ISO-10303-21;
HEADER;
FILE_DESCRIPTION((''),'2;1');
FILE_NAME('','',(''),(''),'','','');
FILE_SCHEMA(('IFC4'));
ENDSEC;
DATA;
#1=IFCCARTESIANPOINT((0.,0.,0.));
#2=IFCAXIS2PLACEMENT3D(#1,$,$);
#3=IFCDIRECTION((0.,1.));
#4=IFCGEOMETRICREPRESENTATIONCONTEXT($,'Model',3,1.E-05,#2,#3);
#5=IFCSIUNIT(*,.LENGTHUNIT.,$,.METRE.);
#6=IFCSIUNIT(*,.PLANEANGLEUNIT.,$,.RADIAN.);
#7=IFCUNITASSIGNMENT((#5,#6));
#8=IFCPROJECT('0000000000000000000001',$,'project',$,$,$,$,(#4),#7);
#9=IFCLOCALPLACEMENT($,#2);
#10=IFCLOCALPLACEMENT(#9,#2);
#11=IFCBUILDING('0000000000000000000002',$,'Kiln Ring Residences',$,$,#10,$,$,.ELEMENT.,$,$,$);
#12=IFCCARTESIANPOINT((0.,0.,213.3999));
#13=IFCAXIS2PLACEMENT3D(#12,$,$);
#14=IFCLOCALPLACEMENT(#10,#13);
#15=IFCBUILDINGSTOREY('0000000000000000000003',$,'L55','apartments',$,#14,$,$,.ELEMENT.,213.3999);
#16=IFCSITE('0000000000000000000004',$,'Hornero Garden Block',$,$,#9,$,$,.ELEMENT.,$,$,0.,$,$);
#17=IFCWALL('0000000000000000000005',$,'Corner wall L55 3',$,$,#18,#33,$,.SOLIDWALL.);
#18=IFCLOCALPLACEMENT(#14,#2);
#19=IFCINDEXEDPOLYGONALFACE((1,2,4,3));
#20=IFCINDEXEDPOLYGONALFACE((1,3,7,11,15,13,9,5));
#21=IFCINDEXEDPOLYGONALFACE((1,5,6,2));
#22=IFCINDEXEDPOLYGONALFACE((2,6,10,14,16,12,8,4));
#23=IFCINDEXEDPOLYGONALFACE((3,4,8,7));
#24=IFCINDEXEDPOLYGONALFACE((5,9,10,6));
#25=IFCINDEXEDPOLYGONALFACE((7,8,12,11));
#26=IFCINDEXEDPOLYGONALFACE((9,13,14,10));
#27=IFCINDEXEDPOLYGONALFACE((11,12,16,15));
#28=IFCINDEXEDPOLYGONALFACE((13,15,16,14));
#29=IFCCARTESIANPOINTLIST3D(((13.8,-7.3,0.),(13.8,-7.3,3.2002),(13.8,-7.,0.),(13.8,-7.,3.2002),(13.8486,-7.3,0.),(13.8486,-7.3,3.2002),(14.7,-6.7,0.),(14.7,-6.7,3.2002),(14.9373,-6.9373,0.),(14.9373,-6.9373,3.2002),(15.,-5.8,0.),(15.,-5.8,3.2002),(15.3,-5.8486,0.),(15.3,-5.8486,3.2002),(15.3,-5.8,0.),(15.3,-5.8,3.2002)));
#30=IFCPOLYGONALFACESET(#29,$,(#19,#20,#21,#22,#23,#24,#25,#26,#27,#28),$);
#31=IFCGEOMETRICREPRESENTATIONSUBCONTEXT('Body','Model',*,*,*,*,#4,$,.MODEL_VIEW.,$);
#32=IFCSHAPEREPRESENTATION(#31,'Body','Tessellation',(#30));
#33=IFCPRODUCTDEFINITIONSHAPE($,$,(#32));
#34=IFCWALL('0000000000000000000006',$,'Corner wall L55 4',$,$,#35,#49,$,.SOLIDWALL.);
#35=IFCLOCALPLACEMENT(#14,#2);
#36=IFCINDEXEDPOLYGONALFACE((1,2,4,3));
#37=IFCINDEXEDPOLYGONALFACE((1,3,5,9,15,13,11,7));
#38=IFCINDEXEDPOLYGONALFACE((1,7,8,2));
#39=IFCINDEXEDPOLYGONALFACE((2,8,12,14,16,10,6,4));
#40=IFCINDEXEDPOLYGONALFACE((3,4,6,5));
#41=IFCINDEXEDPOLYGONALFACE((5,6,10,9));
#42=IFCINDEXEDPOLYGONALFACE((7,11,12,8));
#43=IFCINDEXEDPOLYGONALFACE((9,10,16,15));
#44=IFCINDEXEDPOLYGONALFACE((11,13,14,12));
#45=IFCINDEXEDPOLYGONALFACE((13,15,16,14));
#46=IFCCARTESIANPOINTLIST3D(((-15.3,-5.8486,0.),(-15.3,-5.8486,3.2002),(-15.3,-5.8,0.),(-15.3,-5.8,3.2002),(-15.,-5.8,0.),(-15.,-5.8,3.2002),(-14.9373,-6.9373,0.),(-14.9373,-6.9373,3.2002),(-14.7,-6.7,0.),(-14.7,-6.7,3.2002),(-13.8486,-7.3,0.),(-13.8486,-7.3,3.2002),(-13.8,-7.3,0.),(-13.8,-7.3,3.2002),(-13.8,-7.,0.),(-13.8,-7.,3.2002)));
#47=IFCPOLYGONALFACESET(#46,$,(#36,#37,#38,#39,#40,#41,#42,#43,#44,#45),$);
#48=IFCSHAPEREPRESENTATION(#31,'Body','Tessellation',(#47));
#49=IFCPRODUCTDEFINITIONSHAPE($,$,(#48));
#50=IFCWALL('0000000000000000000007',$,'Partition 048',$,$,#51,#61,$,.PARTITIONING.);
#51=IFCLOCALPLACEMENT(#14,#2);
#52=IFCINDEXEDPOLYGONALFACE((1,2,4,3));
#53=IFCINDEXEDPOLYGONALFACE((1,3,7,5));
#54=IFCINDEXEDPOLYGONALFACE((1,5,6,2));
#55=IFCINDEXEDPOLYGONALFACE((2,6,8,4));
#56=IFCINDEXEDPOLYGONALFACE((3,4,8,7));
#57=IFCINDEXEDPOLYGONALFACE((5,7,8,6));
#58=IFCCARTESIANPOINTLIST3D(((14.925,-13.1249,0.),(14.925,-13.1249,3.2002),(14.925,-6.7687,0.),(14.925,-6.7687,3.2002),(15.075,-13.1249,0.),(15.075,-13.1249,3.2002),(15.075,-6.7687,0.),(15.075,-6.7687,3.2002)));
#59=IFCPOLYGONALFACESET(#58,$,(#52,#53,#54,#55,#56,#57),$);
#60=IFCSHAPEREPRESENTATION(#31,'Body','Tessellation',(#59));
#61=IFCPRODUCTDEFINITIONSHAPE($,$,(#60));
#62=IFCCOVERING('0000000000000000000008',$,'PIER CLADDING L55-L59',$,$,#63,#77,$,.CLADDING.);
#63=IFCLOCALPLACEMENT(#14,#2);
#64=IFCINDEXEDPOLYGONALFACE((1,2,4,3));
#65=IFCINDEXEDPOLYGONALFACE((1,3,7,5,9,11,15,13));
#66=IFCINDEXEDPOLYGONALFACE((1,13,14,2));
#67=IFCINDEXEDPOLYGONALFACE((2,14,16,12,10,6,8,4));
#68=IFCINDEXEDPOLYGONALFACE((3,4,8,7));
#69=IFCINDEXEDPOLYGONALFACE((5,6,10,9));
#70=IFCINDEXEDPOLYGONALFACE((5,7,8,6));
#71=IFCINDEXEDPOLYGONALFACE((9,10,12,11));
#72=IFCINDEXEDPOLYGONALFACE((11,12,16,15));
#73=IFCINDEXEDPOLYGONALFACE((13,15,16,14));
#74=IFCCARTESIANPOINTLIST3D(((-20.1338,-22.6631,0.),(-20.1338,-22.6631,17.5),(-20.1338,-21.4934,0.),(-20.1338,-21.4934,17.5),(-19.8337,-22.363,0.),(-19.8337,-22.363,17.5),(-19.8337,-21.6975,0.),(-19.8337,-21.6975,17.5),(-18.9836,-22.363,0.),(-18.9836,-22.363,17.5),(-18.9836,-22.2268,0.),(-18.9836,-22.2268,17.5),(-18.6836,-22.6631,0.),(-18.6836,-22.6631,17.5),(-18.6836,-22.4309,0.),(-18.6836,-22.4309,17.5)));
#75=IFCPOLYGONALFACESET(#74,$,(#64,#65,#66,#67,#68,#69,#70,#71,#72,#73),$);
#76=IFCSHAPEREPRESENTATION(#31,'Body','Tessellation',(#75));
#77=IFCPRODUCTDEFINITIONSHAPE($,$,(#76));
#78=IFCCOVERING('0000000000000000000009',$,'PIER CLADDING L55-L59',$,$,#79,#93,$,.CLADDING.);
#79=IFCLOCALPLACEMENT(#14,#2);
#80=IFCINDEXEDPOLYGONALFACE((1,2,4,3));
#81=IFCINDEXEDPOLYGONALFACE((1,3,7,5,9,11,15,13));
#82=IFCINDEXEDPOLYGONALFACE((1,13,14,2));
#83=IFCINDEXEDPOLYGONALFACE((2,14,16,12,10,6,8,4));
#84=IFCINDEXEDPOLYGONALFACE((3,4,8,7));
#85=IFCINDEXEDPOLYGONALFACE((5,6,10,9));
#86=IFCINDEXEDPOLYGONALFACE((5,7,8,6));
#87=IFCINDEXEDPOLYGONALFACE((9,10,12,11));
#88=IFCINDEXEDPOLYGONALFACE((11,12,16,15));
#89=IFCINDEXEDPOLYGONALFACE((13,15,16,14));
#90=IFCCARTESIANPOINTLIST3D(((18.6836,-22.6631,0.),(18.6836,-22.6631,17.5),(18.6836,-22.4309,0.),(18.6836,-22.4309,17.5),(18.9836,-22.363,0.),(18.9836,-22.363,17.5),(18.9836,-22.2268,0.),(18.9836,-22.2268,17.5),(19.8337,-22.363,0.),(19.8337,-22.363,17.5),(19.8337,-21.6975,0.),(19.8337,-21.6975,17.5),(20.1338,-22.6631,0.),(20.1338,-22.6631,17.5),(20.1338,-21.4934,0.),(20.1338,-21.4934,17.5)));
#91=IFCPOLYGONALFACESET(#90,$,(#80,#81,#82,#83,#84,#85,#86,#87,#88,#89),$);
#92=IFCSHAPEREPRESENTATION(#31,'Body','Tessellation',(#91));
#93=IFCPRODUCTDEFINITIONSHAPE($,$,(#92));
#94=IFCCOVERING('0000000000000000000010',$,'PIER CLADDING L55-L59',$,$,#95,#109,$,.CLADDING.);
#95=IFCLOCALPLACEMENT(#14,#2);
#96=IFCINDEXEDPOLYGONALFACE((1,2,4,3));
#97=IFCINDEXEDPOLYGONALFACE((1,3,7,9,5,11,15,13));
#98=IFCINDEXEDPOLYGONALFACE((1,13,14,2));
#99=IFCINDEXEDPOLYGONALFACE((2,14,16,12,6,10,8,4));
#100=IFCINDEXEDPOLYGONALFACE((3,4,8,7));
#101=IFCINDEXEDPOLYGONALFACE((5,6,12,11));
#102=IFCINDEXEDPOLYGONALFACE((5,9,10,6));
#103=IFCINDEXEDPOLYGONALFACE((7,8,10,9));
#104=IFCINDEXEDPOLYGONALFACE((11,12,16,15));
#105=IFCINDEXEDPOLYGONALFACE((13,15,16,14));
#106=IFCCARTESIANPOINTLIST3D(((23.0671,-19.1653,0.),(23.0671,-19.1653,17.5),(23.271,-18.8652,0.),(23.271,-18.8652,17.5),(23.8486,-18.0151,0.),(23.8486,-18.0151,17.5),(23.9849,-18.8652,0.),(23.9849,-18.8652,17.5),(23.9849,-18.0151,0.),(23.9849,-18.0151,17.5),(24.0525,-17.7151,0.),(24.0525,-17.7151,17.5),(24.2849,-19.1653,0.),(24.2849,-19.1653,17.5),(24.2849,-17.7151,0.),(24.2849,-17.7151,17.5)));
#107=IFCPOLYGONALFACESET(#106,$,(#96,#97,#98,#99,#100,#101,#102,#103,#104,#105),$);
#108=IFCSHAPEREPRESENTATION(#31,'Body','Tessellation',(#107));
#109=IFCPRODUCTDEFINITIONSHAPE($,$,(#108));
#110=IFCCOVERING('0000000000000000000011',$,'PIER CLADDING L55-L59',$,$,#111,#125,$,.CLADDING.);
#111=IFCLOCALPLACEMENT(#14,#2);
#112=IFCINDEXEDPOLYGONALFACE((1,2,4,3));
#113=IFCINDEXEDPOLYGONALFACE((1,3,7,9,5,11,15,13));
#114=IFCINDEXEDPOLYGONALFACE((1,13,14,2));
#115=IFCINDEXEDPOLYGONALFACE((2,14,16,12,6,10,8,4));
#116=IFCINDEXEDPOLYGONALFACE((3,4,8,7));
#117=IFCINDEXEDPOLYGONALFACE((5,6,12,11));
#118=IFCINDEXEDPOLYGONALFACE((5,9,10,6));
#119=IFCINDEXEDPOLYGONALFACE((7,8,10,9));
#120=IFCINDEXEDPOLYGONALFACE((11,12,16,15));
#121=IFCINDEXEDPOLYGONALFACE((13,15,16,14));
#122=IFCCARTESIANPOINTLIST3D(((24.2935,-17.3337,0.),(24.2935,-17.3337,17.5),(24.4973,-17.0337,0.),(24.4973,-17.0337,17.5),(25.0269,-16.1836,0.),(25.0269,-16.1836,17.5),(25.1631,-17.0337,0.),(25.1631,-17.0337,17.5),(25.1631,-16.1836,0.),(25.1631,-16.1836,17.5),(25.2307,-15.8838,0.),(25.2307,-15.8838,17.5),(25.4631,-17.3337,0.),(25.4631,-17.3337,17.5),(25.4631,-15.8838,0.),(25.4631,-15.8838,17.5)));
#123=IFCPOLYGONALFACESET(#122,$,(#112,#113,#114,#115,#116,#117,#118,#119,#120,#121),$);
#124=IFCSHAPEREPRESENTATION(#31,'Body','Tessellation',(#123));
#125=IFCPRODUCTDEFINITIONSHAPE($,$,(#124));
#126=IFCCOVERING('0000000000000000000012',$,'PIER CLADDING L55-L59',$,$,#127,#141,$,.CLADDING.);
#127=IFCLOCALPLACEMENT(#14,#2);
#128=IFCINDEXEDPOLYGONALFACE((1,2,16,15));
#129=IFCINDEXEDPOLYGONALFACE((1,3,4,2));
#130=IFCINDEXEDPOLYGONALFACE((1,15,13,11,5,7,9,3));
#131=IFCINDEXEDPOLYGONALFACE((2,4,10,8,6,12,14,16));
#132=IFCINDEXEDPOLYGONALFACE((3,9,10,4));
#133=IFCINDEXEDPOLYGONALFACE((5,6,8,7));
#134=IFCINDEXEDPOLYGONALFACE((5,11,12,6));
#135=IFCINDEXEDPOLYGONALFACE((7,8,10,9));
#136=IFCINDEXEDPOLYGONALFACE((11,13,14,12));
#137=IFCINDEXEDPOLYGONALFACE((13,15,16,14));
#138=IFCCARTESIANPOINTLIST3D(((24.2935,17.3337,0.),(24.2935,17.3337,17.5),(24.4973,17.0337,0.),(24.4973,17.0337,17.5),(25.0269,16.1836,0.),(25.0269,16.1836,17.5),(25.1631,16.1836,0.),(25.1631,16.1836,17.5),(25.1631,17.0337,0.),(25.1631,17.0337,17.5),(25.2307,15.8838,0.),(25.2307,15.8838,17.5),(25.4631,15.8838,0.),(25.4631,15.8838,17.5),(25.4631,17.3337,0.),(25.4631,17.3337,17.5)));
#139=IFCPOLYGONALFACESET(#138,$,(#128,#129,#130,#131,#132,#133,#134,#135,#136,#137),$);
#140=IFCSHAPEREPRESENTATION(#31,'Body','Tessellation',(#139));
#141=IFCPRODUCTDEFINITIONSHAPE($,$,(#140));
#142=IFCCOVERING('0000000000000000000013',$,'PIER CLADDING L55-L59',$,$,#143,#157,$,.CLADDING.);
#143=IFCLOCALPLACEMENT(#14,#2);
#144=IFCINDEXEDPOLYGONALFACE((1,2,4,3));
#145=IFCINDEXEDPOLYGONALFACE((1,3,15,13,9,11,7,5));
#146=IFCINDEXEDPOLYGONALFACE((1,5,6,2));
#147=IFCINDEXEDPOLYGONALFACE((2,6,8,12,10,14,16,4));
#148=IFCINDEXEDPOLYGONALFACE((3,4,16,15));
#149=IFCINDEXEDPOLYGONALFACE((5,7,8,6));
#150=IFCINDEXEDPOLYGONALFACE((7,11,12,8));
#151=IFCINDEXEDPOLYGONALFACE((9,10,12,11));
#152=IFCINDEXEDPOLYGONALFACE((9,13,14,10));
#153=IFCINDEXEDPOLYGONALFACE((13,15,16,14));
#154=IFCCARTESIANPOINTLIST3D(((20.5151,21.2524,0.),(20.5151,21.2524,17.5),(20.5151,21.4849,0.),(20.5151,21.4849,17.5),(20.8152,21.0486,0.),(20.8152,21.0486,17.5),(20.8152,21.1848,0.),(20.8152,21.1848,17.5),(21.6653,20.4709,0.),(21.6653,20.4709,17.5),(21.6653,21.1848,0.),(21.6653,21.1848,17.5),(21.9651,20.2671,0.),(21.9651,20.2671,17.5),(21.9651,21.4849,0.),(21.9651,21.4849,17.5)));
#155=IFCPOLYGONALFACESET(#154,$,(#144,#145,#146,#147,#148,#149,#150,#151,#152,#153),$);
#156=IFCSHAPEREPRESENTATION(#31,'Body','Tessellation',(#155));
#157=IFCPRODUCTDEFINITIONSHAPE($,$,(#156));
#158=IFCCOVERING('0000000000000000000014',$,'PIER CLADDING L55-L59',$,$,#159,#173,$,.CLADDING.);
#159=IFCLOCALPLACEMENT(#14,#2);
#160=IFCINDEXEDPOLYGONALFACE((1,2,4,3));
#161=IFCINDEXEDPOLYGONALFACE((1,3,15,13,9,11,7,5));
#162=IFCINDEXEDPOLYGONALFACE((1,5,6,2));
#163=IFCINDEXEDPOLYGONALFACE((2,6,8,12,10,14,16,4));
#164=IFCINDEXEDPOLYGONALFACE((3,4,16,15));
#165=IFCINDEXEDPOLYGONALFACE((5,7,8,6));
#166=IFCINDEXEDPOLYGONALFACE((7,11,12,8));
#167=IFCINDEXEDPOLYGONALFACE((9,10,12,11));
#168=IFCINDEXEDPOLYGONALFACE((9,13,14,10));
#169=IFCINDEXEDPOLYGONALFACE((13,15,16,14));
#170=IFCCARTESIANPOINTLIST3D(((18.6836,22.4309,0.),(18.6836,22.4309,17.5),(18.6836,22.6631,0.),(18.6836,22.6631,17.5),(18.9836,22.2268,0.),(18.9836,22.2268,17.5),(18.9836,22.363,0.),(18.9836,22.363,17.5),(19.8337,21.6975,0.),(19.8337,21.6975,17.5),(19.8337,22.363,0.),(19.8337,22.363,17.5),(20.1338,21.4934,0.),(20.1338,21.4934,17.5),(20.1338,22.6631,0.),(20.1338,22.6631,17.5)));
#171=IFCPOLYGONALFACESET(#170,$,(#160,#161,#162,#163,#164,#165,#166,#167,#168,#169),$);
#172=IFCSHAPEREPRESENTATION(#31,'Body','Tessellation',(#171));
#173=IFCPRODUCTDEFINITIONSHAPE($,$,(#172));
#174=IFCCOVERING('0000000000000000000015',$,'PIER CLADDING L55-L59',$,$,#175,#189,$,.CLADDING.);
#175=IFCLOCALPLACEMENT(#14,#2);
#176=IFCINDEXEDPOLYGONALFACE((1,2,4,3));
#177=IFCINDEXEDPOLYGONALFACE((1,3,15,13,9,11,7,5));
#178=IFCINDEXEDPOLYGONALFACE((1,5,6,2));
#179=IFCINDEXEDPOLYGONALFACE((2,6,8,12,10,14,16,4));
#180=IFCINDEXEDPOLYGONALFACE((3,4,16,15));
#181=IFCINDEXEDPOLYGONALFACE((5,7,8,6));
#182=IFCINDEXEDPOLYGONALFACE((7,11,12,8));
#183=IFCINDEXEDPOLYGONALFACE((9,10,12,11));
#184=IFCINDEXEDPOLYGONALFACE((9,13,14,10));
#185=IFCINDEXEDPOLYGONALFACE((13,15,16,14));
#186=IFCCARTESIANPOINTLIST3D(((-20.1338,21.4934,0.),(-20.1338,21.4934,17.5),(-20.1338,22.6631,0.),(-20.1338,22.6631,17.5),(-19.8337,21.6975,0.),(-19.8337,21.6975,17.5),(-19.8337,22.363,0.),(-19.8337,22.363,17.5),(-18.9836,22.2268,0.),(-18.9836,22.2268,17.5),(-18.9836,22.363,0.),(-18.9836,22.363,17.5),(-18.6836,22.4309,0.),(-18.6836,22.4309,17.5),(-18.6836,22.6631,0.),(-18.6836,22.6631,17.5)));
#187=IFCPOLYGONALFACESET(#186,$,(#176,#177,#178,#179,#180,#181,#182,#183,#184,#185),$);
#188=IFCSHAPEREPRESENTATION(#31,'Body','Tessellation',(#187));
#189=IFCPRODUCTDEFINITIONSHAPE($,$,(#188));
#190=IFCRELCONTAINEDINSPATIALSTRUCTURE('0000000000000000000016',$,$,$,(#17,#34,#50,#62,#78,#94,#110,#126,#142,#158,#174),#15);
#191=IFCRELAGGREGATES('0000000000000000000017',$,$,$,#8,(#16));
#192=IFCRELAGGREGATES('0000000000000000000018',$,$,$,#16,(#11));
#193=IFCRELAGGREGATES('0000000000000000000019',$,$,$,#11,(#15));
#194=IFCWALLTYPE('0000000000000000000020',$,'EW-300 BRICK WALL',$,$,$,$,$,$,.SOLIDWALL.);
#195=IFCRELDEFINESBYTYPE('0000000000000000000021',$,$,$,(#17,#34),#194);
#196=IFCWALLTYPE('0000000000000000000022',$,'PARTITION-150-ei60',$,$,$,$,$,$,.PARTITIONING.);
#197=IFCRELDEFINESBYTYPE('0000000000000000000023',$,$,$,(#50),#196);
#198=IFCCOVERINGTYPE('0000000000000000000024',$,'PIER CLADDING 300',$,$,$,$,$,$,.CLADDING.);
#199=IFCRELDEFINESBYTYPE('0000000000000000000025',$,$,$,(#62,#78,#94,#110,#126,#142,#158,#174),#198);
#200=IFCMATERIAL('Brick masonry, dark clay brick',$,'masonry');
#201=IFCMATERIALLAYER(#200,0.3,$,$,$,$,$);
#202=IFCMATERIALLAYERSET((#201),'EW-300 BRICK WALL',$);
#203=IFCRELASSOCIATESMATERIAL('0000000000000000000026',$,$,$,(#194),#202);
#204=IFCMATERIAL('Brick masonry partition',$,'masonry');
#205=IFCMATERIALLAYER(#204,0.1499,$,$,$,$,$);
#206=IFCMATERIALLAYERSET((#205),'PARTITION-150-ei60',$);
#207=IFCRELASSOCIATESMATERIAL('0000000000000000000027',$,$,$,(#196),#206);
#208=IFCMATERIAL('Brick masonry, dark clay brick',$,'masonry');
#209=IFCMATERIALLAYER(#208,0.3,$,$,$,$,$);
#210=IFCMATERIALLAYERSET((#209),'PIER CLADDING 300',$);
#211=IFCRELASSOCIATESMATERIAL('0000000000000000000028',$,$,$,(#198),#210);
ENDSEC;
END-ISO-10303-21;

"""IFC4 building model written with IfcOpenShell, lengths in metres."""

from ifc_helpers import new_model, si_unit, direction, frame, frame_2d, origin, place, context, subcontext, project, spatial, polyline, rectangle, outline, extrude, material, layer, layer_set, type_object, element, save


model = new_model("IFC4")

# Units and contexts
model_context = context("Model", 3, precision=1e-05, world=origin(), true_north=direction((0.0, 1.0)))
body_context = subcontext(model_context, "Body", "Model", "MODEL_VIEW")
ifc_project = project(units=[si_unit("LENGTHUNIT", "METRE"), si_unit("PLANEANGLEUNIT", "RADIAN")], contexts=[model_context])

# Site, building, storey
site_placement = place(None, origin())
site = spatial("IfcSite", under=ifc_project, at=site_placement, Name="Hornero Garden Block", CompositionType="ELEMENT", RefElevation=0.0)
building_placement = place(site_placement, origin())
building = spatial("IfcBuilding", under=site, at=building_placement, Name="Kiln Ring Residences", CompositionType="ELEMENT")
storey_placement = place(building_placement, frame((0.0, 0.0, 213.3999)))
storey = spatial("IfcBuildingStorey", under=building, at=storey_placement, Name="L55", Description="apartments", CompositionType="ELEMENT", Elevation=213.3999)

# Shared definitions
ifc_material_1 = material(Name="Brick masonry, dark clay brick", Category="masonry")
ifc_layer_1 = layer(ifc_material_1, 0.3)
ifc_layer_set_1 = layer_set([ifc_layer_1], Name="EW-300 BRICK WALL")
wall_type_1 = type_object("IfcWallType", Name="EW-300 BRICK WALL", PredefinedType="SOLIDWALL", material=ifc_layer_set_1)

# Walls
placement = place(storey_placement, origin())
element("IfcWall", 1, at=placement, inside=storey, type_object=wall_type_1, Name="Corner wall L55 3", PredefinedType="SOLIDWALL", context=body_context, shape_type="SweptSolid", body=[
    extrude(outline(polyline([(14.9373, -6.9373), (15.3, -5.8486), (15.3, -5.8), (15.0, -5.8), (14.7, -6.7), (13.8, -7.0), (13.8, -7.3), (13.8486, -7.3), (14.9373, -6.9373)])), origin(), (0.0, 0.0, 1.0), 3.2002),
])
element("IfcWall", 2, at=placement, inside=storey, type_object=wall_type_1, Name="Corner wall L55 4", PredefinedType="SOLIDWALL", context=body_context, shape_type="SweptSolid", body=[
    extrude(outline(polyline([(-14.9373, -6.9373), (-13.8486, -7.3), (-13.8, -7.3), (-13.8, -7.0), (-14.7, -6.7), (-15.0, -5.8), (-15.3, -5.8), (-15.3, -5.8486), (-14.9373, -6.9373)])), origin(), (0.0, 0.0, 1.0), 3.2002),
])
ifc_material_2 = material(Name="Brick masonry partition", Category="masonry")
ifc_layer_2 = layer(ifc_material_2, 0.1499)
ifc_layer_set_2 = layer_set([ifc_layer_2], Name="PARTITION-150-ei60")
wall_type_2 = type_object("IfcWallType", Name="PARTITION-150-ei60", PredefinedType="PARTITIONING", material=ifc_layer_set_2)
wall_1_placement = place(storey_placement, frame((15.0, -13.125, 0.0), z_axis=(0.0, 0.0, 1.0), x_axis=(0.0, 1.0, 0.0)))
element("IfcWall", 3, at=wall_1_placement, inside=storey, type_object=wall_type_2, Name="Partition 048", PredefinedType="PARTITIONING", context=body_context, shape_type="SweptSolid", body=[
    extrude(rectangle(XDim=6.3562, YDim=0.1499, at=frame_2d((3.1782, 0.0))), origin(), (0.0, 0.0, 1.0), 3.2002),
])

# Coverings
ifc_material_3 = material(Name="Brick masonry, dark clay brick", Category="masonry")
ifc_layer_3 = layer(ifc_material_3, 0.3)
ifc_layer_set_3 = layer_set([ifc_layer_3], Name="PIER CLADDING 300")
covering_type_1 = type_object("IfcCoveringType", Name="PIER CLADDING 300", PredefinedType="CLADDING", material=ifc_layer_set_3)
element("IfcCovering", 4, at=placement, inside=storey, type_object=covering_type_1, Name="PIER CLADDING L55-L59", PredefinedType="CLADDING", context=body_context, shape_type="SweptSolid", body=[
    extrude(outline(polyline([(-19.8337, -22.363), (-19.8337, -21.6975), (-20.1338, -21.4934), (-20.1338, -22.6631), (-18.6836, -22.6631), (-18.6836, -22.4309), (-18.9836, -22.2268), (-18.9836, -22.363), (-19.8337, -22.363)])), origin(), (0.0, 0.0, 1.0), 17.5),
])
element("IfcCovering", 5, at=placement, inside=storey, type_object=covering_type_1, Name="PIER CLADDING L55-L59", PredefinedType="CLADDING", context=body_context, shape_type="SweptSolid", body=[
    extrude(outline(polyline([(18.9836, -22.2268), (18.6836, -22.4309), (18.6836, -22.6631), (20.1338, -22.6631), (20.1338, -21.4934), (19.8337, -21.6975), (19.8337, -22.363), (18.9836, -22.363), (18.9836, -22.2268)])), origin(), (0.0, 0.0, 1.0), 17.5),
])
element("IfcCovering", 6, at=placement, inside=storey, type_object=covering_type_1, Name="PIER CLADDING L55-L59", PredefinedType="CLADDING", context=body_context, shape_type="SweptSolid", body=[
    extrude(outline(polyline([(24.2849, -19.1653), (24.2849, -17.7151), (24.0525, -17.7151), (23.8486, -18.0151), (23.9849, -18.0151), (23.9849, -18.8652), (23.271, -18.8652), (23.0671, -19.1653), (24.2849, -19.1653)])), origin(), (0.0, 0.0, 1.0), 17.5),
])
element("IfcCovering", 7, at=placement, inside=storey, type_object=covering_type_1, Name="PIER CLADDING L55-L59", PredefinedType="CLADDING", context=body_context, shape_type="SweptSolid", body=[
    extrude(outline(polyline([(25.4631, -17.3337), (25.4631, -15.8838), (25.2307, -15.8838), (25.0269, -16.1836), (25.1631, -16.1836), (25.1631, -17.0337), (24.4973, -17.0337), (24.2935, -17.3337), (25.4631, -17.3337)])), origin(), (0.0, 0.0, 1.0), 17.5),
])
element("IfcCovering", 8, at=placement, inside=storey, type_object=covering_type_1, Name="PIER CLADDING L55-L59", PredefinedType="CLADDING", context=body_context, shape_type="SweptSolid", body=[
    extrude(outline(polyline([(25.4631, 15.8838), (25.4631, 17.3337), (24.2935, 17.3337), (24.4973, 17.0337), (25.1631, 17.0337), (25.1631, 16.1836), (25.0269, 16.1836), (25.2307, 15.8838), (25.4631, 15.8838)])), origin(), (0.0, 0.0, 1.0), 17.5),
])
element("IfcCovering", 9, at=placement, inside=storey, type_object=covering_type_1, Name="PIER CLADDING L55-L59", PredefinedType="CLADDING", context=body_context, shape_type="SweptSolid", body=[
    extrude(outline(polyline([(21.9651, 21.4849), (20.5151, 21.4849), (20.5151, 21.2524), (20.8152, 21.0486), (20.8152, 21.1848), (21.6653, 21.1848), (21.6653, 20.4709), (21.9651, 20.2671), (21.9651, 21.4849)])), origin(), (0.0, 0.0, 1.0), 17.5),
])
element("IfcCovering", 10, at=placement, inside=storey, type_object=covering_type_1, Name="PIER CLADDING L55-L59", PredefinedType="CLADDING", context=body_context, shape_type="SweptSolid", body=[
    extrude(outline(polyline([(20.1338, 22.6631), (18.6836, 22.6631), (18.6836, 22.4309), (18.9836, 22.2268), (18.9836, 22.363), (19.8337, 22.363), (19.8337, 21.6975), (20.1338, 21.4934), (20.1338, 22.6631)])), origin(), (0.0, 0.0, 1.0), 17.5),
])
element("IfcCovering", 11, at=placement, inside=storey, type_object=covering_type_1, Name="PIER CLADDING L55-L59", PredefinedType="CLADDING", context=body_context, shape_type="SweptSolid", body=[
    extrude(outline(polyline([(-18.6836, 22.6631), (-20.1338, 22.6631), (-20.1338, 21.4934), (-19.8337, 21.6975), (-19.8337, 22.363), (-18.9836, 22.363), (-18.9836, 22.2268), (-18.6836, 22.4309), (-18.6836, 22.6631)])), origin(), (0.0, 0.0, 1.0), 17.5),
])

save(model, "model.ifc")
